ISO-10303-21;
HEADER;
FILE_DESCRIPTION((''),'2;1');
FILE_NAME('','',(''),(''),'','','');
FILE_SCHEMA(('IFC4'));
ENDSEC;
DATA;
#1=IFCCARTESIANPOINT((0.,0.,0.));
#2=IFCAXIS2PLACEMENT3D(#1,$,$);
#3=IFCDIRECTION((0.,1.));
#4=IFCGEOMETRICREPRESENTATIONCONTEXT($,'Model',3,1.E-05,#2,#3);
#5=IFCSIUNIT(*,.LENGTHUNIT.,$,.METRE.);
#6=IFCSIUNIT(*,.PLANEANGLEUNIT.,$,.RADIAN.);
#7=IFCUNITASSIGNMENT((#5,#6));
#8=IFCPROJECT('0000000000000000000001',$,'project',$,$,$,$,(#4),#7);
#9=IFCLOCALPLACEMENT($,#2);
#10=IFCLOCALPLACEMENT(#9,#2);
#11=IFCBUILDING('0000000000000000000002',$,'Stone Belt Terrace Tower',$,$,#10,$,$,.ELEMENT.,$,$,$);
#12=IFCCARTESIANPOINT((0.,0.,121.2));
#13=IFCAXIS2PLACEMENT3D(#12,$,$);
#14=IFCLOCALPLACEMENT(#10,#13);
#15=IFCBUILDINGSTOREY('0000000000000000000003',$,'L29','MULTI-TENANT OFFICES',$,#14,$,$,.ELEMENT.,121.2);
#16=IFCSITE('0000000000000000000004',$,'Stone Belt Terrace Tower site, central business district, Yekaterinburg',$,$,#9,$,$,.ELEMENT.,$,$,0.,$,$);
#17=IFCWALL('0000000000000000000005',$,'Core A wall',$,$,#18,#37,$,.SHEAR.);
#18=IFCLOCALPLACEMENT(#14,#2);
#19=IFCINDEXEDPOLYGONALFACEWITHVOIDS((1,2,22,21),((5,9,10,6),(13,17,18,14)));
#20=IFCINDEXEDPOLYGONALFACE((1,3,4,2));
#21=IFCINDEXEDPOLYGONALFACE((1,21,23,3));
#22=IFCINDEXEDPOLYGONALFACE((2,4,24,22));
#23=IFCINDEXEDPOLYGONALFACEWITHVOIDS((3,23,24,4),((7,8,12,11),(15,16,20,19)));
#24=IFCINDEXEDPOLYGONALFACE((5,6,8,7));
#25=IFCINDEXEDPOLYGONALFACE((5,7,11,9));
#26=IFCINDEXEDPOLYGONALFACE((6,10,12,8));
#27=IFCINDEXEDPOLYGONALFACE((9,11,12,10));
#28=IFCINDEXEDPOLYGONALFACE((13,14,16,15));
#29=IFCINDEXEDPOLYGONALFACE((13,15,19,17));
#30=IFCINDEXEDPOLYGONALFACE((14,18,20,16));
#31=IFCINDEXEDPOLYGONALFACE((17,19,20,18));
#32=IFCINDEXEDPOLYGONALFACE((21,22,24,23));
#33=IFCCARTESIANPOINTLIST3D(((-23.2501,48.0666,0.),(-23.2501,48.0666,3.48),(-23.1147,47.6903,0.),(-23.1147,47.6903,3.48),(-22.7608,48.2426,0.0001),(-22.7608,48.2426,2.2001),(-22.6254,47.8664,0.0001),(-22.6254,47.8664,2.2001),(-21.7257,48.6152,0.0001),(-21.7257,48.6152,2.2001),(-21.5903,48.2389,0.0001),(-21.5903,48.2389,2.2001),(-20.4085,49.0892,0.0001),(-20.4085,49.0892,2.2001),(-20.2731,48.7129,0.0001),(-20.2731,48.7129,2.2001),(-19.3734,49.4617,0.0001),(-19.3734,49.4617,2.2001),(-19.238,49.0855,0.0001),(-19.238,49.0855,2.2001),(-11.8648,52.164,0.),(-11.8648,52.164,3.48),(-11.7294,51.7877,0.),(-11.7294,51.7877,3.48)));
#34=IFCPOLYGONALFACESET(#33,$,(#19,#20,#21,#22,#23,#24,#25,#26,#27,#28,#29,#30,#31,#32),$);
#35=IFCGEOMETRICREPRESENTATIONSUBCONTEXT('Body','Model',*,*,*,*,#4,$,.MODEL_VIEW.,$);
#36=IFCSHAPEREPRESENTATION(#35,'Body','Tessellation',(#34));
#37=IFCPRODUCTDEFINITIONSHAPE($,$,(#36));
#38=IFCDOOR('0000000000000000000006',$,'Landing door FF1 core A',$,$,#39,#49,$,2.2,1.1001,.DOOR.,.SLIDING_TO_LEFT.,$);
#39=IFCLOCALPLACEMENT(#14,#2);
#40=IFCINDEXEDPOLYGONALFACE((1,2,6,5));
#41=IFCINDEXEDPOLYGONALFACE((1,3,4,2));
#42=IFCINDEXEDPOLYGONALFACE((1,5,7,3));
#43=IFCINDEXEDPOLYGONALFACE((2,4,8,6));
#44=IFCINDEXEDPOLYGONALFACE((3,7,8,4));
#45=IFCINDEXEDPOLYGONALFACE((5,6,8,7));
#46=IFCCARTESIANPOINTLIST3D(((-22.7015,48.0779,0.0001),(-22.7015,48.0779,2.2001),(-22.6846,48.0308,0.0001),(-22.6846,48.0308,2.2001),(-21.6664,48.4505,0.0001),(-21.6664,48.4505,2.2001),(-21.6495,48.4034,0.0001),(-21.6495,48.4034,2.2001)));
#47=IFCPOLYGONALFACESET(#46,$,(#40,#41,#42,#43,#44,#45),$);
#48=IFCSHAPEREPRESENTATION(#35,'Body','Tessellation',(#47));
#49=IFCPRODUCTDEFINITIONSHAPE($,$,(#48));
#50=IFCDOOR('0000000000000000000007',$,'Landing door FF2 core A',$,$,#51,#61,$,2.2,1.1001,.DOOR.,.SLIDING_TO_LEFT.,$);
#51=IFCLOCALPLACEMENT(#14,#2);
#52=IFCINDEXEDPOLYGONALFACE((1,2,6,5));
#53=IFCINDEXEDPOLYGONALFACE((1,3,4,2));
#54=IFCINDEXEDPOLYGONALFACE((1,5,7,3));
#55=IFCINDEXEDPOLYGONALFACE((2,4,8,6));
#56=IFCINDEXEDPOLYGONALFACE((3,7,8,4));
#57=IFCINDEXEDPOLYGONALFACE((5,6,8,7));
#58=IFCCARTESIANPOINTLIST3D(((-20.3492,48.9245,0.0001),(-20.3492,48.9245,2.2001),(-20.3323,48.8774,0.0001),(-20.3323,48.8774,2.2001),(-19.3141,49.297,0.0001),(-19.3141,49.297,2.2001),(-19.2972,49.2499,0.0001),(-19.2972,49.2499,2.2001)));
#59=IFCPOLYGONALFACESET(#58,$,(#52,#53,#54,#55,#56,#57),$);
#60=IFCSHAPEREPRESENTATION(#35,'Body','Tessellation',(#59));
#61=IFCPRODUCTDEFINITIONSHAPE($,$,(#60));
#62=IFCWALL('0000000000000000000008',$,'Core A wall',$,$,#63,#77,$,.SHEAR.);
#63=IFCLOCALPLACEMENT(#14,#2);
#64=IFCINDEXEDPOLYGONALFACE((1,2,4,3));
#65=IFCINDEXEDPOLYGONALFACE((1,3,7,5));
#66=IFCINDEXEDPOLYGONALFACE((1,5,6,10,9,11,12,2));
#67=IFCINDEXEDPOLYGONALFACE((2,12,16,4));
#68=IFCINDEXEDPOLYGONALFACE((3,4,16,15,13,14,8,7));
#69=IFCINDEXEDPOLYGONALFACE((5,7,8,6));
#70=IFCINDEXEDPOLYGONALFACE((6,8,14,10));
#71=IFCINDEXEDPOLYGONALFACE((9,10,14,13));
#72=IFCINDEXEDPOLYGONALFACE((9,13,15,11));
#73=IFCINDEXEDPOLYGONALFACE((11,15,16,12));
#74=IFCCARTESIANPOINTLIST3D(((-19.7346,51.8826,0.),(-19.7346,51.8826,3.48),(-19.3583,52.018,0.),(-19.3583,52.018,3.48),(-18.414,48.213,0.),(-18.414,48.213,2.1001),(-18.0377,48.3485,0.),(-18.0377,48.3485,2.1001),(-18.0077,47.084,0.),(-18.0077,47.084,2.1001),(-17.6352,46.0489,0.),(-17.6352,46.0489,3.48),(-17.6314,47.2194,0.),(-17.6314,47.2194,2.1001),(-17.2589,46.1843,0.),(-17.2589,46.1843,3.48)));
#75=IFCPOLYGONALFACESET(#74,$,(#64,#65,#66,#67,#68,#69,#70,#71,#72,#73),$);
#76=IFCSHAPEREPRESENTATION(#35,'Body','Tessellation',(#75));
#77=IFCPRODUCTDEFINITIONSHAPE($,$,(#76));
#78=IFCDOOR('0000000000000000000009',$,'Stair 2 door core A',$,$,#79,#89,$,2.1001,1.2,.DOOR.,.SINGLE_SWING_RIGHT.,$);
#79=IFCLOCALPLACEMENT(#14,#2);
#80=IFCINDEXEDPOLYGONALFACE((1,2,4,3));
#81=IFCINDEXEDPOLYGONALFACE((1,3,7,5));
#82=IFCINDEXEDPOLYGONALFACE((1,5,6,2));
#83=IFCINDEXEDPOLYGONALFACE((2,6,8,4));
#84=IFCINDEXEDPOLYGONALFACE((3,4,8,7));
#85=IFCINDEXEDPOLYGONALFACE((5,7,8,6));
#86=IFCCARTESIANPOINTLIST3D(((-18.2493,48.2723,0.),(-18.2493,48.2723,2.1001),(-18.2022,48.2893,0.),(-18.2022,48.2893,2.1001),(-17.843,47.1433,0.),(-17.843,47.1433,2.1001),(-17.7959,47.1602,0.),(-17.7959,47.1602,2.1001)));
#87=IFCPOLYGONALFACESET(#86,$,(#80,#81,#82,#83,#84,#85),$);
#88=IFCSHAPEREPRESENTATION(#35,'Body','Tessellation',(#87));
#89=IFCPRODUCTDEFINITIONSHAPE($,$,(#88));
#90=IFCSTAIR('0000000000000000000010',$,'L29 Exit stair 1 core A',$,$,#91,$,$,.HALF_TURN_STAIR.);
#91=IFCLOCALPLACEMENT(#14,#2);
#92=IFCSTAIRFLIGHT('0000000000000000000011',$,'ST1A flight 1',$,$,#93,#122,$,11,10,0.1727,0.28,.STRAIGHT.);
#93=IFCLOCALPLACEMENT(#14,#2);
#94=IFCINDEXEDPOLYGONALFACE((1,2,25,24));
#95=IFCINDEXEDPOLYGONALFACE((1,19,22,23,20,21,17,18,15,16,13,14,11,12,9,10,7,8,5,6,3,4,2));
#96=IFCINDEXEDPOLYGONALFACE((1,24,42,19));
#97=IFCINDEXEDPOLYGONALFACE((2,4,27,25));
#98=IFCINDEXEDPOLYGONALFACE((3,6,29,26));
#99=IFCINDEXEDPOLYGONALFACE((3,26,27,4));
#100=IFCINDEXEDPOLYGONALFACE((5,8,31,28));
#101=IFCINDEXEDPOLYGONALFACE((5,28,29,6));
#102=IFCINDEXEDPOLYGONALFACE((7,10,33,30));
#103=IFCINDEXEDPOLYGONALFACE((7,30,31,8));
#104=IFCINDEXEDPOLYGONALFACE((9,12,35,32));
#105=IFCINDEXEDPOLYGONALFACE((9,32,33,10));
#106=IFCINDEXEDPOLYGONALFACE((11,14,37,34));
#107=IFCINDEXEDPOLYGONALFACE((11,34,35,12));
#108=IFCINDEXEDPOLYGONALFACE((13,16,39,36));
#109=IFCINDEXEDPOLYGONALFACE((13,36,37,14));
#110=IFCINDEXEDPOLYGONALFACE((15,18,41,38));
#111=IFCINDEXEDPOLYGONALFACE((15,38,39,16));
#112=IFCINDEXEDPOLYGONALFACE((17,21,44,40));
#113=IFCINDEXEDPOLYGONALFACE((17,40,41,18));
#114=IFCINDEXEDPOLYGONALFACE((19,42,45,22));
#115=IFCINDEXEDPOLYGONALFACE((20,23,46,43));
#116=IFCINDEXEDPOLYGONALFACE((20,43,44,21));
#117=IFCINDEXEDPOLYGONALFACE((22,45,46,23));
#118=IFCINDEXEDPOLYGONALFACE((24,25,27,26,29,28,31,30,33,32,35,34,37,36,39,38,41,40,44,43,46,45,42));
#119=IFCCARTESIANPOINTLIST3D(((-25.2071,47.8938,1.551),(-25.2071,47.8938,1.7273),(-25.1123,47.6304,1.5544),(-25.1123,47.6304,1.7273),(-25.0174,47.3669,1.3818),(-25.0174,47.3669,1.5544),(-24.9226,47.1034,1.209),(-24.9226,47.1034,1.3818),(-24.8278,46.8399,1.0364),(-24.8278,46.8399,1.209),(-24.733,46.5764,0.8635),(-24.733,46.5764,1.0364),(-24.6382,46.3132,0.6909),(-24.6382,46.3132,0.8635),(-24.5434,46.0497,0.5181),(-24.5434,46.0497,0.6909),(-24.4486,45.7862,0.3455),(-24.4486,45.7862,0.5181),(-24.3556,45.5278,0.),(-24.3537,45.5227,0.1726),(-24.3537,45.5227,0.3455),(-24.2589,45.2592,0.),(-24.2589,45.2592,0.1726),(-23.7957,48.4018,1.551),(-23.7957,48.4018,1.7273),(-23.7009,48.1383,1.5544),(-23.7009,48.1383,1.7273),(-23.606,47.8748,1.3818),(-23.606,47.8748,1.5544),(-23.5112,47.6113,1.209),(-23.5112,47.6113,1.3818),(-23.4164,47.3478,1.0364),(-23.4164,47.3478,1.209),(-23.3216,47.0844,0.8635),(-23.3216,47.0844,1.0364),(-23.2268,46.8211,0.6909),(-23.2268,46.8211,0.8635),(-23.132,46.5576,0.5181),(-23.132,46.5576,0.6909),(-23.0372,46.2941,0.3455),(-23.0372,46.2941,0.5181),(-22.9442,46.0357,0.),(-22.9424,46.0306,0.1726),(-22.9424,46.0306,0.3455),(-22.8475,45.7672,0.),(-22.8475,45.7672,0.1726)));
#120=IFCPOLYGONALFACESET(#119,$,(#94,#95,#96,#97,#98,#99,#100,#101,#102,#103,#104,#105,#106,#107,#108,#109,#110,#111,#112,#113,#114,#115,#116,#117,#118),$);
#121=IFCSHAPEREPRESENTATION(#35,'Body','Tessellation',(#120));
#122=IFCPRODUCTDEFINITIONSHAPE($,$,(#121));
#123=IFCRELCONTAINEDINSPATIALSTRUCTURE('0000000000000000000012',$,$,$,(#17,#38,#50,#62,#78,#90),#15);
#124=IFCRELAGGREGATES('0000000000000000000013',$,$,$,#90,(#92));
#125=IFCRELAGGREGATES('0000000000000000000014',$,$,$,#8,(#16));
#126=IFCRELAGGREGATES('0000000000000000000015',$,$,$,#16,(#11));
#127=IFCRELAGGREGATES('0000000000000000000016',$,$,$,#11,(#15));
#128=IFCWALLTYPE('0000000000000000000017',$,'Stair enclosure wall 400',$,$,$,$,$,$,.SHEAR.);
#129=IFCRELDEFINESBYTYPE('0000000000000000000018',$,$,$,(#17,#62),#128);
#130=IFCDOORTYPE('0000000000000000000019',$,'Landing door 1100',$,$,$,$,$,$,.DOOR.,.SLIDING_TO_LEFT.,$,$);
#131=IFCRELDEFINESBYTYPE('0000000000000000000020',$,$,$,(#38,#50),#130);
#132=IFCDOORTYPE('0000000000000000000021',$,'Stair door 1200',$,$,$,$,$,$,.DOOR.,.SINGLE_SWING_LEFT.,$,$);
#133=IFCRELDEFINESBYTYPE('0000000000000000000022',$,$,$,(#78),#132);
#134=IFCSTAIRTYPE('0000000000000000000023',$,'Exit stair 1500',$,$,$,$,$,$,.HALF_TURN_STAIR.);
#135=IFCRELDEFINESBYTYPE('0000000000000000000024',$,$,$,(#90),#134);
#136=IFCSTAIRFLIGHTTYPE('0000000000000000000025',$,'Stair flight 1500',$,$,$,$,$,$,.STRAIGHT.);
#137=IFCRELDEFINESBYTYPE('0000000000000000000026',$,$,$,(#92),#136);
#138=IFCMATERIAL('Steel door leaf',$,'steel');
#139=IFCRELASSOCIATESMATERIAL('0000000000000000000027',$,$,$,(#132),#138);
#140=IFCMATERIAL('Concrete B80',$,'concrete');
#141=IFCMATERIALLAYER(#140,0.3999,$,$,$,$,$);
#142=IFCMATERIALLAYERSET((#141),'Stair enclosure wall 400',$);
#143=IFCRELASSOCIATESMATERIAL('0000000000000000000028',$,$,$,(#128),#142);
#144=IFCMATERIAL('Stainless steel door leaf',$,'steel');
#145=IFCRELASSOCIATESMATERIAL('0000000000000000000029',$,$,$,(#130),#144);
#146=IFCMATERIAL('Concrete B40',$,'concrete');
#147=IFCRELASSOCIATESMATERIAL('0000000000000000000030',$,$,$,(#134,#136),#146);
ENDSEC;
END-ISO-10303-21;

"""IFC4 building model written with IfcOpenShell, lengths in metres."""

from ifc_helpers import new_model, si_unit, direction, frame, frame_2d, origin, place, context, subcontext, project, spatial, polyline, rectangle, outline, extrude, material, layer, layer_set, type_object, element, fill, aggregate, save


model = new_model("IFC4")

# Units and contexts
model_context = context("Model", 3, precision=1e-05, world=origin(), true_north=direction((0.0, 1.0)))
body_context = subcontext(model_context, "Body", "Model", "MODEL_VIEW")
ifc_project = project(units=[si_unit("LENGTHUNIT", "METRE"), si_unit("PLANEANGLEUNIT", "RADIAN")], contexts=[model_context])

# Site, building, storey
site_placement = place(None, origin())
site = spatial("IfcSite", under=ifc_project, at=site_placement, Name="Stone Belt Terrace Tower site, central business district, Yekaterinburg", CompositionType="ELEMENT", RefElevation=0.0)
building_placement = place(site_placement, origin())
building = spatial("IfcBuilding", under=site, at=building_placement, Name="Stone Belt Terrace Tower", CompositionType="ELEMENT")
storey_placement = place(building_placement, frame((0.0, 0.0, 121.2)))
storey = spatial("IfcBuildingStorey", under=building, at=storey_placement, Name="L29", Description="MULTI-TENANT OFFICES", CompositionType="ELEMENT", Elevation=121.2)

# Shared definitions
ifc_material_1 = material(Name="Concrete B80", Category="concrete")

# Shared definitions
ifc_material_2 = material(Name="Steel door leaf", Category="steel")
door_type_1 = type_object("IfcDoorType", Name="Stair door 1200", OperationType="SINGLE_SWING_LEFT", PredefinedType="DOOR", material=ifc_material_2)
ifc_layer_1 = layer(ifc_material_1, 0.3999)
ifc_layer_set_1 = layer_set([ifc_layer_1], Name="Stair enclosure wall 400")
wall_type_1 = type_object("IfcWallType", Name="Stair enclosure wall 400", PredefinedType="SHEAR", material=ifc_layer_set_1)

# Wall, openings, doors
wall_1_placement = place(storey_placement, frame((-23.1824, 47.8784, 0.0), z_axis=(0.0, 0.0, 1.0), x_axis=(0.940921, 0.338626, 0.0)))
wall_1 = element("IfcWall", 1, at=wall_1_placement, inside=storey, type_object=wall_type_1, Name="Core A wall", PredefinedType="SHEAR", context=body_context, shape_type="SweptSolid", body=[
    extrude(rectangle(XDim=12.1001, YDim=0.3999, at=frame_2d((6.05, 0.0))), origin(), (0.0, 0.0, 1.0), 3.48),
])
opening_1_placement = place(wall_1_placement, frame((0.52, 0.0, 0.0)))
opening_1 = element("IfcOpeningElement", 2, at=opening_1_placement, cuts=wall_1, PredefinedType="OPENING", context=body_context, shape_type="SweptSolid", body=[
    extrude(rectangle(XDim=1.1001, YDim=2.2, at=frame_2d((0.55, 1.1001))), frame((0.0, 0.21, 0.0), z_axis=(0.0, -1.0, 0.0), x_axis=(1.0, 0.0, 0.0)), (0.0, 0.0, 1.0), 0.4199),
])
opening_2_placement = place(wall_1_placement, frame((3.02, 0.0, 0.0)))
opening_2 = element("IfcOpeningElement", 3, at=opening_2_placement, cuts=wall_1, PredefinedType="OPENING", context=body_context, shape_type="SweptSolid", body=[
    extrude(rectangle(XDim=1.1001, YDim=2.2, at=frame_2d((0.55, 1.1001))), frame((0.0, 0.21, 0.0), z_axis=(0.0, -1.0, 0.0), x_axis=(1.0, 0.0, 0.0)), (0.0, 0.0, 1.0), 0.4199),
])
ifc_material_3 = material(Name="Stainless steel door leaf", Category="steel")
door_type_2 = type_object("IfcDoorType", Name="Landing door 1100", OperationType="SLIDING_TO_LEFT", PredefinedType="DOOR", material=ifc_material_3)
door_1_placement = place(opening_1_placement, origin())
door_1 = element("IfcDoor", 4, at=door_1_placement, inside=storey, type_object=door_type_2, Name="Landing door FF1 core A", OperationType="SLIDING_TO_LEFT", OverallHeight=2.2, OverallWidth=1.1001, PredefinedType="DOOR", context=body_context, shape_type="SweptSolid", body=[
    extrude(rectangle(XDim=1.1001, YDim=2.2, at=frame_2d((0.55, 1.1001))), frame((0.0, 0.0249, 0.0), z_axis=(0.0, -1.0, 0.0), x_axis=(1.0, 0.0, 0.0)), (0.0, 0.0, 1.0), 0.05),
])
fill(opening_1, door_1)
door_2_placement = place(opening_2_placement, origin())
door_2 = element("IfcDoor", 5, at=door_2_placement, inside=storey, type_object=door_type_2, Name="Landing door FF2 core A", OperationType="SLIDING_TO_LEFT", OverallHeight=2.2, OverallWidth=1.1001, PredefinedType="DOOR", context=body_context, shape_type="SweptSolid", body=[
    extrude(rectangle(XDim=1.1001, YDim=2.2, at=frame_2d((0.55, 1.1001))), frame((0.0, 0.0249, 0.0), z_axis=(0.0, -1.0, 0.0), x_axis=(1.0, 0.0, 0.0)), (0.0, 0.0, 1.0), 0.05),
])
fill(opening_2, door_2)

# Wall, opening, door
wall_2_placement = place(storey_placement, frame((-17.447, 46.1165, 0.0), z_axis=(0.0, 0.0, 1.0), x_axis=(-0.338608, 0.940928, 0.0)))
wall_2 = element("IfcWall", 6, at=wall_2_placement, inside=storey, type_object=wall_type_1, Name="Core A wall", PredefinedType="SHEAR", context=body_context, shape_type="SweptSolid", body=[
    extrude(rectangle(XDim=6.2, YDim=0.3999, at=frame_2d((3.1001, 0.0))), origin(), (0.0, 0.0, 1.0), 3.48),
])
opening_3_placement = place(wall_2_placement, frame((1.1001, 0.0, 0.0)))
opening_3 = element("IfcOpeningElement", 7, at=opening_3_placement, cuts=wall_2, PredefinedType="OPENING", context=body_context, shape_type="SweptSolid", body=[
    extrude(rectangle(XDim=1.2, YDim=2.1001, at=frame_2d((0.6001, 1.05))), frame((0.0, 0.21, 0.0), z_axis=(0.0, -1.0, 0.0), x_axis=(1.0, 0.0, 0.0)), (0.0, 0.0, 1.0), 0.4199),
])
door_3_placement = place(opening_3_placement, origin())
door_3 = element("IfcDoor", 8, at=door_3_placement, inside=storey, type_object=door_type_1, Name="Stair 2 door core A", OperationType="SINGLE_SWING_RIGHT", OverallHeight=2.1001, OverallWidth=1.2, PredefinedType="DOOR", context=body_context, shape_type="SweptSolid", body=[
    extrude(rectangle(XDim=1.2, YDim=2.1001, at=frame_2d((0.6001, 1.05))), frame((0.0, 0.0249, 0.0), z_axis=(0.0, -1.0, 0.0), x_axis=(1.0, 0.0, 0.0)), (0.0, 0.0, 1.0), 0.05),
])
fill(opening_3, door_3)

# Stair, stair flight
ifc_material_4 = material(Name="Concrete B40", Category="concrete")
stair_type = type_object("IfcStairType", Name="Exit stair 1500", PredefinedType="HALF_TURN_STAIR", material=ifc_material_4)
stair_placement = place(storey_placement, origin())
stair = element("IfcStair", 9, at=stair_placement, inside=storey, type_object=stair_type, Name="L29 Exit stair 1 core A", PredefinedType="HALF_TURN_STAIR")
stair_flight_type = type_object("IfcStairFlightType", Name="Stair flight 1500", PredefinedType="STRAIGHT", material=ifc_material_4)
stair_flight_placement = place(storey_placement, frame((-23.5532, 45.5132, 0.0), z_axis=(0.0, 0.0, 1.0), x_axis=(-0.338624, 0.940922, 0.0)))
stair_flight = element("IfcStairFlight", 10, at=stair_flight_placement, type_object=stair_flight_type, Name="ST1A flight 1", NumberOfRisers=11, NumberOfTreads=10, PredefinedType="STRAIGHT", RiserHeight=0.1727, TreadLength=0.28, context=body_context, shape_type="SweptSolid", body=[
    extrude(outline(polyline([(0.0, 0.0), (0.0, 0.1726), (0.28, 0.1726), (0.28, 0.3455), (0.5601, 0.3455), (0.5601, 0.5181), (0.8401, 0.5181), (0.8401, 0.6909), (1.1201, 0.6909), (1.1201, 0.8635), (1.3999, 0.8635), (1.3999, 1.0364), (1.6799, 1.0364), (1.6799, 1.209), (1.96, 1.209), (1.96, 1.3818), (2.24, 1.3818), (2.24, 1.5544), (2.52, 1.5544), (2.52, 1.7273), (2.8, 1.7273), (2.8, 1.8999), (2.8, 1.551), (0.2854, 0.0), (0.0, 0.0)])), frame((0.0, 0.75, 0.0), z_axis=(0.0, -1.0, 0.0), x_axis=(1.0, 0.0, 0.0)), (0.0, 0.0, 1.0), 1.5),
])
aggregate(stair, [stair_flight])

save(model, "model.ifc")
